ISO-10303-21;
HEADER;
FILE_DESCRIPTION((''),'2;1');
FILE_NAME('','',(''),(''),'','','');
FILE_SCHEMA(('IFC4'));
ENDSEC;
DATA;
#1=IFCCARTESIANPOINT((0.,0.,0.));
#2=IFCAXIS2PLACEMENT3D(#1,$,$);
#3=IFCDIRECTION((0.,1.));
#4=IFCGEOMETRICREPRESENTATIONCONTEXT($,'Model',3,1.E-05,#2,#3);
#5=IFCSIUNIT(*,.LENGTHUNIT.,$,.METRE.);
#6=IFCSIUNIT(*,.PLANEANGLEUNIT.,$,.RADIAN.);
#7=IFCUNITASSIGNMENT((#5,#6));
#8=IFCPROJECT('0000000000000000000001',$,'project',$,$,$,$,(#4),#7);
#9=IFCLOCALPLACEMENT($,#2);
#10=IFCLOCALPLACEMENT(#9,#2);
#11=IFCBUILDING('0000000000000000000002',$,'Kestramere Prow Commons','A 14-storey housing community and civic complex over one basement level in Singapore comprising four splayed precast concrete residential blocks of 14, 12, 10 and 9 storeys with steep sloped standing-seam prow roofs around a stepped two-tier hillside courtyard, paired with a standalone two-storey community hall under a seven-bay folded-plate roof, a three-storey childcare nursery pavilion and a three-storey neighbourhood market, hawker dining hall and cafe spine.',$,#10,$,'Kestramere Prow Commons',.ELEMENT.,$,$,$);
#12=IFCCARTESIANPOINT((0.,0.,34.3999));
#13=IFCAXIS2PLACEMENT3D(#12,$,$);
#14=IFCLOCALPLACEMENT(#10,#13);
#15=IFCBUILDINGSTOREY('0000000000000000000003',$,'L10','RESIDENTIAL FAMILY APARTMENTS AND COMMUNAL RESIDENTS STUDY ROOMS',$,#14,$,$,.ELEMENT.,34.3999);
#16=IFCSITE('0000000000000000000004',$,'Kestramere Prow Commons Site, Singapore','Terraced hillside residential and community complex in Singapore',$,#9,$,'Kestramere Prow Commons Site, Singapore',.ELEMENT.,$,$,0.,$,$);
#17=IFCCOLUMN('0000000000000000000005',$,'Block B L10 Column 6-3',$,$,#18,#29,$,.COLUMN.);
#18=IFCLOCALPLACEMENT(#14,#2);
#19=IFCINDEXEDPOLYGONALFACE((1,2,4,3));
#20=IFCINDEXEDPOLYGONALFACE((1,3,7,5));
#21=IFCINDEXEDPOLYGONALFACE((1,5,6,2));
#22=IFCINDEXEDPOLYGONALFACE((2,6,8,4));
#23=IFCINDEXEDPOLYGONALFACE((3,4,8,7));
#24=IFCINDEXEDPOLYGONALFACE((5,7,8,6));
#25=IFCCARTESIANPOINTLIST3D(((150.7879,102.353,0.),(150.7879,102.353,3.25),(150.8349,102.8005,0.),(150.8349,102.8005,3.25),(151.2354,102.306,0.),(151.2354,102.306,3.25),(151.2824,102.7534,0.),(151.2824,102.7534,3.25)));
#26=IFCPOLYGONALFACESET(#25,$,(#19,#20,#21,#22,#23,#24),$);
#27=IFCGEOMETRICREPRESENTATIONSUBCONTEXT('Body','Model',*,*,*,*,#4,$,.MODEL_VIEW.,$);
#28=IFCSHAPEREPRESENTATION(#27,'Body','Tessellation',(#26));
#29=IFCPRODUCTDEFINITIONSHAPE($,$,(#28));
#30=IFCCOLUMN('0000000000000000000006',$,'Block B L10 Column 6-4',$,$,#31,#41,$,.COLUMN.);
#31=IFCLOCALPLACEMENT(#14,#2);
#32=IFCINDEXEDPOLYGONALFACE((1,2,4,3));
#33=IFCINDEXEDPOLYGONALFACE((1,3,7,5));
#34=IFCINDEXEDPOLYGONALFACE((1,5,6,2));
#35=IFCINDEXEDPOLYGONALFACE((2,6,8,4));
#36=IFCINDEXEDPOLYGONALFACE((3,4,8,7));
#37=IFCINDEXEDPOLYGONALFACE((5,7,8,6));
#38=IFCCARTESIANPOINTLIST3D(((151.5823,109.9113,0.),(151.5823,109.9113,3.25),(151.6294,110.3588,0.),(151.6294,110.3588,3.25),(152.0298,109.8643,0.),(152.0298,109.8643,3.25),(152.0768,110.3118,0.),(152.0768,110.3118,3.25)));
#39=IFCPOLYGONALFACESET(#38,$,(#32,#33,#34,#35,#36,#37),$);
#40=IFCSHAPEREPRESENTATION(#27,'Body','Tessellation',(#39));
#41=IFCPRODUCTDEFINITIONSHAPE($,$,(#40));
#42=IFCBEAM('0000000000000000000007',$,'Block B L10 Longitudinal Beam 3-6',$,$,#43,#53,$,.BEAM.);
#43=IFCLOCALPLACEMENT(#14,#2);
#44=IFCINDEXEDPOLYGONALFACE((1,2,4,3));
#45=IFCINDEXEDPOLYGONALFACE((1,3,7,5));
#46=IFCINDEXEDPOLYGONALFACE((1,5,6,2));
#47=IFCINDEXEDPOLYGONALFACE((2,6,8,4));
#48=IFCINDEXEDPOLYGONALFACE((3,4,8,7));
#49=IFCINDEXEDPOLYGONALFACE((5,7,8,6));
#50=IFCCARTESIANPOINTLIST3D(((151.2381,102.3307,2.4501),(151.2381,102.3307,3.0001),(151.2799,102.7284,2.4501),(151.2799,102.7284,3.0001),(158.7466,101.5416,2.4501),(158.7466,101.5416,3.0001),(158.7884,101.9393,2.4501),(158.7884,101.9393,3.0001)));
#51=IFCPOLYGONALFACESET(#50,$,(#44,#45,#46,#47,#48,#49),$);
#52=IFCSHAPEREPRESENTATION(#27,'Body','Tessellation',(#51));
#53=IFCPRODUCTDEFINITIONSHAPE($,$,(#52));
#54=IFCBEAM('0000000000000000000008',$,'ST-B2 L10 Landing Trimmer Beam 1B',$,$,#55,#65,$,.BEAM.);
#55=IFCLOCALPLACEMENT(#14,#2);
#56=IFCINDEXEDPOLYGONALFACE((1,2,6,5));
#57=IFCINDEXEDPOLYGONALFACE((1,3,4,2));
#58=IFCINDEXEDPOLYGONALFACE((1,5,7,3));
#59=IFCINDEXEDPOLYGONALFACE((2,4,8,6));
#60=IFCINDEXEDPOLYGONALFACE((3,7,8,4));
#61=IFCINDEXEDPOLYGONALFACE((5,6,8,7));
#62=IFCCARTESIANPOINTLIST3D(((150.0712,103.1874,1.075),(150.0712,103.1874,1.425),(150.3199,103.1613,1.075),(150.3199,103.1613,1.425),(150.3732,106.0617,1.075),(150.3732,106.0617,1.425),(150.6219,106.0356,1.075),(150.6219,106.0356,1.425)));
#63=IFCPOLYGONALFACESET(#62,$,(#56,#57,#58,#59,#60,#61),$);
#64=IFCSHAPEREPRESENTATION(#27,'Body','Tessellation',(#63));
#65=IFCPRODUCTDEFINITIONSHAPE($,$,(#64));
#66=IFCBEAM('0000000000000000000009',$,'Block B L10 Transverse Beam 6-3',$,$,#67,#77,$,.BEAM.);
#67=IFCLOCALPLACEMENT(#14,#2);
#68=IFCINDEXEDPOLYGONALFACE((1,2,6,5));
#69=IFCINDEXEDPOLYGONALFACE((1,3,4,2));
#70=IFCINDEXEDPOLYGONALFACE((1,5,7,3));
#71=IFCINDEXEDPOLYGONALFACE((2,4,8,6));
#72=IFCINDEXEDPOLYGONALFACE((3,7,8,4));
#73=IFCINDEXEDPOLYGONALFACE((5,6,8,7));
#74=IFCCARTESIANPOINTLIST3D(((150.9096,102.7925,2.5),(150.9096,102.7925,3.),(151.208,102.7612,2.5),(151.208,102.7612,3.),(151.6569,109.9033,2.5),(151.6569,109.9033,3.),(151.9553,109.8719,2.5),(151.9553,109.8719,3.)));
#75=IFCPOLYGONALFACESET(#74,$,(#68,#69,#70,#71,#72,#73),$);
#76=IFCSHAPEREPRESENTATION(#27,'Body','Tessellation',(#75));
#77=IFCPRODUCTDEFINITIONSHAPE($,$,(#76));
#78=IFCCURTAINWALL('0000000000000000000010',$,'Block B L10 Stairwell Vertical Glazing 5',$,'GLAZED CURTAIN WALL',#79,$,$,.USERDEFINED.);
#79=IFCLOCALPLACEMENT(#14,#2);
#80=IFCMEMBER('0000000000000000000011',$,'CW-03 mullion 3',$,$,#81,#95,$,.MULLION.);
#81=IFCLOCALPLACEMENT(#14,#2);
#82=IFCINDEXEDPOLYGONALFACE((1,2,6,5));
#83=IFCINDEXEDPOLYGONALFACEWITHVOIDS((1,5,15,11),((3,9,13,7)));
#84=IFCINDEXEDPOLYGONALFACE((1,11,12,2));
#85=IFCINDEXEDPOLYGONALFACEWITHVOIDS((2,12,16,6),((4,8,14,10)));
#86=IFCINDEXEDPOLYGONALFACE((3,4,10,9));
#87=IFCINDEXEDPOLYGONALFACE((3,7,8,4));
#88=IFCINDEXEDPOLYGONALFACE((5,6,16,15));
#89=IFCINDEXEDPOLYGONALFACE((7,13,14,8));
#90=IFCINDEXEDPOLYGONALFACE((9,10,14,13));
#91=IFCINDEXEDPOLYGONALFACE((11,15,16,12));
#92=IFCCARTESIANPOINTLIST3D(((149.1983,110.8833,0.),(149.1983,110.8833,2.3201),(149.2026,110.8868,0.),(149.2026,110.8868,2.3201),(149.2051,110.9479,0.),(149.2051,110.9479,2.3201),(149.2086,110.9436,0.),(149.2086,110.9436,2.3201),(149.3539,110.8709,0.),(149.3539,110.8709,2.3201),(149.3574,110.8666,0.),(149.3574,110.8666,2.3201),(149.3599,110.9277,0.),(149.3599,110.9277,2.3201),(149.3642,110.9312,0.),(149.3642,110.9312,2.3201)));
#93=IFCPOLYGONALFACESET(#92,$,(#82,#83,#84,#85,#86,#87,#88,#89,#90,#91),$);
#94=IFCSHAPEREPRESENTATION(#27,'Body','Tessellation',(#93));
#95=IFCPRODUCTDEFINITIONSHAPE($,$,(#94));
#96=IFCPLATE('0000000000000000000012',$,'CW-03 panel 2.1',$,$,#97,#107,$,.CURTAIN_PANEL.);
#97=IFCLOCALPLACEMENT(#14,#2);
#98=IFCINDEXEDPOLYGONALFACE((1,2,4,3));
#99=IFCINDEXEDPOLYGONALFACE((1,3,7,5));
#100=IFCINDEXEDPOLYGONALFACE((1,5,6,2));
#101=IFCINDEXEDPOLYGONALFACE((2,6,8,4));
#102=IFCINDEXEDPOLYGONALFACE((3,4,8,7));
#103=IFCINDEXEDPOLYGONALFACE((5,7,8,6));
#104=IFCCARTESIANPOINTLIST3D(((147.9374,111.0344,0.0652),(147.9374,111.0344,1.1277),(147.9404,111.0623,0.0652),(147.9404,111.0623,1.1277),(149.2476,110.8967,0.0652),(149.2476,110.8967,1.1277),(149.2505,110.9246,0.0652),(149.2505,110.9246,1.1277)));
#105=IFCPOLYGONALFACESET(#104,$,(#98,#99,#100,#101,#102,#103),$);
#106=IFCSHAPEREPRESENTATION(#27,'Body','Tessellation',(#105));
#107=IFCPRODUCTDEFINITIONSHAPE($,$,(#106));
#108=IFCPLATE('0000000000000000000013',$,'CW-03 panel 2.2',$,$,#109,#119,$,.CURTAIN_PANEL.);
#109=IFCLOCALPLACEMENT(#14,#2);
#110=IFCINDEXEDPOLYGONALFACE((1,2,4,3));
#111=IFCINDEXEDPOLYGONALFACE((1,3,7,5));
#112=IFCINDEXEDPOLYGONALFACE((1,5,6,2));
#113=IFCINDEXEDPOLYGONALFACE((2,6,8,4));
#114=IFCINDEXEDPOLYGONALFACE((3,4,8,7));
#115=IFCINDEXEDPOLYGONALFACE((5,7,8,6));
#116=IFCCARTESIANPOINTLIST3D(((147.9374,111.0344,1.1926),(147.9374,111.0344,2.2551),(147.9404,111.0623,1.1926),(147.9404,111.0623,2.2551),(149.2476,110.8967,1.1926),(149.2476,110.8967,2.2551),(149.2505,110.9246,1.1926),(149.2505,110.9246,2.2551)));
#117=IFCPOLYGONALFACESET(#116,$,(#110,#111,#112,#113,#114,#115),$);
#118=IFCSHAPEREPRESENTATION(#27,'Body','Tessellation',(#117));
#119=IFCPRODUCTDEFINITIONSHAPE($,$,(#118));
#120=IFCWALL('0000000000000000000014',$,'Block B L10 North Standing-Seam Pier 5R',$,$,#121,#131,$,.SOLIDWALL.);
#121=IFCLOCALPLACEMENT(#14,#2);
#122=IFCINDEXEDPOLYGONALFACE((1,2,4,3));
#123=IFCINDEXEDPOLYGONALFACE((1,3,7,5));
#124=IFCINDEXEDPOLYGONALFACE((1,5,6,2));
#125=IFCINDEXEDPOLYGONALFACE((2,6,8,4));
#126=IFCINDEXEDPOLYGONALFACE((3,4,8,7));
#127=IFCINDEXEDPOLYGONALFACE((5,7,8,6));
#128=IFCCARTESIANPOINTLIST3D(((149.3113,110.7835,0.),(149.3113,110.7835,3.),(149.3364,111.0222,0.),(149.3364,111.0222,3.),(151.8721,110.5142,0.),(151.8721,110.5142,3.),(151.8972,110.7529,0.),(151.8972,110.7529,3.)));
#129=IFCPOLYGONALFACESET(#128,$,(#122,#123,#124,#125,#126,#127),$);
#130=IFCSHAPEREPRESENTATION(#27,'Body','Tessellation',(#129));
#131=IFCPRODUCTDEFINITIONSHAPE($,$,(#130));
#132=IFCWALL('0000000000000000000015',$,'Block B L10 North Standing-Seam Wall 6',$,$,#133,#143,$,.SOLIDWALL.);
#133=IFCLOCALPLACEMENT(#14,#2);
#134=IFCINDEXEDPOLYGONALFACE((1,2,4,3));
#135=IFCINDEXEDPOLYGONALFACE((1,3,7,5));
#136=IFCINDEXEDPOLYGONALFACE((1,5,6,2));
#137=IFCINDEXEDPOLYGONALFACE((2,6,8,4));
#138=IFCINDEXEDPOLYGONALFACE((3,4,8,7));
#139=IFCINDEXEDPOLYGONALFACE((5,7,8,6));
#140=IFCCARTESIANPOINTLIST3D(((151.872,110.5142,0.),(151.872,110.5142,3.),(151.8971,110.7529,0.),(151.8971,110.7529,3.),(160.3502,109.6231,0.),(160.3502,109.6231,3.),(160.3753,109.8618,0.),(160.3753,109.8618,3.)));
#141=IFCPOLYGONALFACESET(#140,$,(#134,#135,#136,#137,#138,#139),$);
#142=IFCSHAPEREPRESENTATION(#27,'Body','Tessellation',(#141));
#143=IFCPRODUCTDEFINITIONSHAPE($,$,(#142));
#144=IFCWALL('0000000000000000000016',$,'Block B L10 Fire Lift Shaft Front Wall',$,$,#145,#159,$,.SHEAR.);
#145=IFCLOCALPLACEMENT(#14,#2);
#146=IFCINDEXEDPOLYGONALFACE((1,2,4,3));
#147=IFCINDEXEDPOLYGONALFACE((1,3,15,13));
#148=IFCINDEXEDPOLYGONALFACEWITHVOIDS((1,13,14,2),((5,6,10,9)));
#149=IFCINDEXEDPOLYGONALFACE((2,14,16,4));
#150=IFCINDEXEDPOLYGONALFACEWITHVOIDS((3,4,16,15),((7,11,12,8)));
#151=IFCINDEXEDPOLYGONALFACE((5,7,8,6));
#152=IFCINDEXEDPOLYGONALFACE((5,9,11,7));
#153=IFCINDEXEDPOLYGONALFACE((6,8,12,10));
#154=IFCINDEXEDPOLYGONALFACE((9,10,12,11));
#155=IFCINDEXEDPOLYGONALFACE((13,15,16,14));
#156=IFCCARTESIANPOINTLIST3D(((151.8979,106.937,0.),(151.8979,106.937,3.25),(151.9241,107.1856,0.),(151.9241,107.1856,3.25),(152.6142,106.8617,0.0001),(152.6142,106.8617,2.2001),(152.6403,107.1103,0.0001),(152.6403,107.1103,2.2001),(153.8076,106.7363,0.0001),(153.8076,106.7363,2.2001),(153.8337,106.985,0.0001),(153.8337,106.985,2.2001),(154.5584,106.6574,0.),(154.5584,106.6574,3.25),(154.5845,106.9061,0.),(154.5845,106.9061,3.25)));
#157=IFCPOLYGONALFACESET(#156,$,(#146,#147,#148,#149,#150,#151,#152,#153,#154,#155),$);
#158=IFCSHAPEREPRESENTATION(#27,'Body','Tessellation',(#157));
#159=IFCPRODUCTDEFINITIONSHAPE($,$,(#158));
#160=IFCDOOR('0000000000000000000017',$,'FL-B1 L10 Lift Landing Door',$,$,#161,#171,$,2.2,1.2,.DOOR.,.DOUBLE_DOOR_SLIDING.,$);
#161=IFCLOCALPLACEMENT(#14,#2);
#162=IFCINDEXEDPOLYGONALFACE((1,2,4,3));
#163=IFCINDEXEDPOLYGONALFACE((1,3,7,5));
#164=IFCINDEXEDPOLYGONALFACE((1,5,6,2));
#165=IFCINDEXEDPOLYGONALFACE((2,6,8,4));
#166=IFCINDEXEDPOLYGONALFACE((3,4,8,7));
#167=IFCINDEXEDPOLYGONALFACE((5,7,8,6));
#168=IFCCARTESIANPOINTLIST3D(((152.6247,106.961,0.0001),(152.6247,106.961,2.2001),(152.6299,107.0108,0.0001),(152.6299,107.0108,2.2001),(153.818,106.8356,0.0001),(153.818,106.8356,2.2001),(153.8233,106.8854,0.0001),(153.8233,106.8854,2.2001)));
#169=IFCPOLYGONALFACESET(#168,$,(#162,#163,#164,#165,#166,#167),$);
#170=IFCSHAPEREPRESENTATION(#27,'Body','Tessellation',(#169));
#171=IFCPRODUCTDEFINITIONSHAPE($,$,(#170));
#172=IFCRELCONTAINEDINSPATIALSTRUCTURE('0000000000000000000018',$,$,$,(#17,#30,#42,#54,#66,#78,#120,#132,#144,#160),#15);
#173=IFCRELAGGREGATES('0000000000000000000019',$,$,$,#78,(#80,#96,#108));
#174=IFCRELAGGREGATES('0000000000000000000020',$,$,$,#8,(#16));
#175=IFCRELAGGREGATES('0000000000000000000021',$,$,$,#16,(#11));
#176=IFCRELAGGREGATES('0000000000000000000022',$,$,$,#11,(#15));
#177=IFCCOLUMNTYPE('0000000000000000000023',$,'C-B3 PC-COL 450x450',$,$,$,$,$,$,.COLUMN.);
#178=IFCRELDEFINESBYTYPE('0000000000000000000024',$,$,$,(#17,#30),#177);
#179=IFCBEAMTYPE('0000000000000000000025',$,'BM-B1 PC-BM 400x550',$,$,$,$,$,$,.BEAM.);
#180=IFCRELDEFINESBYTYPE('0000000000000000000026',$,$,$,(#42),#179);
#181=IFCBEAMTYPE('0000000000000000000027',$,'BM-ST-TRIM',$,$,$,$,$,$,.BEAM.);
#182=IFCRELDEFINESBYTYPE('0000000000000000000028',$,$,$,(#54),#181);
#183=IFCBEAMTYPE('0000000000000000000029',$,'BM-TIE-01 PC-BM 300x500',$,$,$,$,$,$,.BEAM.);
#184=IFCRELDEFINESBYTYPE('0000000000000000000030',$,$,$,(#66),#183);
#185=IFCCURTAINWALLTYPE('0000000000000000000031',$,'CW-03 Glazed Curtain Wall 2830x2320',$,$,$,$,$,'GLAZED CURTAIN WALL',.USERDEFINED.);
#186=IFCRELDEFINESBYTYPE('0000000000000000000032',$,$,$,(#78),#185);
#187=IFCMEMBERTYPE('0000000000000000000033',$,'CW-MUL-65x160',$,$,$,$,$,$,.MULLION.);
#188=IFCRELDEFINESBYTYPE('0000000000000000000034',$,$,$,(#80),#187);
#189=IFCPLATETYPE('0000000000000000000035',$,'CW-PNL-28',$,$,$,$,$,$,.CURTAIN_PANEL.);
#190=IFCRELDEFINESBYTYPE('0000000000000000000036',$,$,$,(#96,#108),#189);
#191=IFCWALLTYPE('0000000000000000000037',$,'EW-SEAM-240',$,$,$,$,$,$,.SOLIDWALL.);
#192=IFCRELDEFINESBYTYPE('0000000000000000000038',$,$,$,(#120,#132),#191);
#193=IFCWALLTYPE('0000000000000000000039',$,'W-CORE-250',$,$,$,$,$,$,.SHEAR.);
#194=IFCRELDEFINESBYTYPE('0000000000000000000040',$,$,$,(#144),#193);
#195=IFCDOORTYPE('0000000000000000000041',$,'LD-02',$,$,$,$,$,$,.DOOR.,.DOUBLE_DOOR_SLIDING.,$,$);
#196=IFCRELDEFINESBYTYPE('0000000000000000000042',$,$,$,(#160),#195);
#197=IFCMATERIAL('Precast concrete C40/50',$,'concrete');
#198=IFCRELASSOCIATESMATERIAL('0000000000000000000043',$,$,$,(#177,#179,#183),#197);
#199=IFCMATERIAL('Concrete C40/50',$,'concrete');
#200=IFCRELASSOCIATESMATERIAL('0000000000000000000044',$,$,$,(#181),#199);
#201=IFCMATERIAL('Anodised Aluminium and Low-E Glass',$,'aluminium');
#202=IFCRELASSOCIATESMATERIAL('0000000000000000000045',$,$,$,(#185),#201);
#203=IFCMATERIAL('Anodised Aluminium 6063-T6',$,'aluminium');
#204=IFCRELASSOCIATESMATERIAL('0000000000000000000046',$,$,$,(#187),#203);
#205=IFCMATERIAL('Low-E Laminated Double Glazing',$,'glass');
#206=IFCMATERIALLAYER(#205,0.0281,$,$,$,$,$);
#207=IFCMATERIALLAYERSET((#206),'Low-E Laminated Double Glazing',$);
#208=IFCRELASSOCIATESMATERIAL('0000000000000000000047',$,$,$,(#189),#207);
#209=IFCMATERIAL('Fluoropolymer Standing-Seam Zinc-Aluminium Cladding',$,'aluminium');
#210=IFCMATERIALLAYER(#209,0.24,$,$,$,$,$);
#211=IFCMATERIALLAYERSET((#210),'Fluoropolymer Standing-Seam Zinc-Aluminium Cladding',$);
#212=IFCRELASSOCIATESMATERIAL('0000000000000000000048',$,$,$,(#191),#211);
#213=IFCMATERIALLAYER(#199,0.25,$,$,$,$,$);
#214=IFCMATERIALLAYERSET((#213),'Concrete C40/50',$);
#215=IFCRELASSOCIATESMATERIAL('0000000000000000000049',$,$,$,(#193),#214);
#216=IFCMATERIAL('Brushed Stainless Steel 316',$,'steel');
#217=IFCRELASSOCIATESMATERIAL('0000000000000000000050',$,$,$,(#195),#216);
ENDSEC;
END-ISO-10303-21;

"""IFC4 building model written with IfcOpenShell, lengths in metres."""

from ifc_helpers import new_model, si_unit, direction, frame, frame_2d, origin, origin_2d, place, context, subcontext, project, spatial, rectangle, hollow_rectangle, extrude, material, layer, layer_set, material_profile, profile_set, type_object, element, fill, aggregate, save


model = new_model("IFC4")

# Units and contexts
model_context = context("Model", 3, precision=1e-05, world=origin(), true_north=direction((0.0, 1.0)))
body_context = subcontext(model_context, "Body", "Model", "MODEL_VIEW")
ifc_project = project(units=[si_unit("LENGTHUNIT", "METRE"), si_unit("PLANEANGLEUNIT", "RADIAN")], contexts=[model_context])

# Site, building, storey
site_placement = place(None, origin())
site = spatial("IfcSite", under=ifc_project, at=site_placement, Name="Kestramere Prow Commons Site, Singapore", Description="Terraced hillside residential and community complex in Singapore", LongName="Kestramere Prow Commons Site, Singapore", CompositionType="ELEMENT", RefElevation=0.0)
building_placement = place(site_placement, origin())
building = spatial("IfcBuilding", under=site, at=building_placement, Name="Kestramere Prow Commons", Description="A 14-storey housing community and civic complex over one basement level in Singapore comprising four splayed precast concrete residential blocks of 14, 12, 10 and 9 storeys with steep sloped standing-seam prow roofs around a stepped two-tier hillside courtyard, paired with a standalone two-storey community hall under a seven-bay folded-plate roof, a three-storey childcare nursery pavilion and a three-storey neighbourhood market, hawker dining hall and cafe spine.", LongName="Kestramere Prow Commons", CompositionType="ELEMENT")
storey_placement = place(building_placement, frame((0.0, 0.0, 34.3999)))
storey = spatial("IfcBuildingStorey", under=building, at=storey_placement, Name="L10", Description="RESIDENTIAL FAMILY APARTMENTS AND COMMUNAL RESIDENTS STUDY ROOMS", CompositionType="ELEMENT", Elevation=34.3999)

# Columns
ifc_material_1 = material(Name="Precast concrete C40/50", Category="concrete")
ifc_material_profile_1 = material_profile(ifc_material_1, rectangle(XDim=0.45, YDim=0.45, at=origin_2d()), Name="PC-COL 450x450")
ifc_profile_set_1 = profile_set([ifc_material_profile_1], Name="Precast concrete C40/50")
column_type = type_object("IfcColumnType", Name="C-B3 PC-COL 450x450", PredefinedType="COLUMN", material=ifc_profile_set_1)
for number, where, z_axis, x_axis, name in (
    (1, (151.0352, 102.5532, 0.0), (0.0, 0.0, 1.0), (0.994522, -0.104528, 0.0), "Block B L10 Column 6-3"),
    (2, (151.8296, 110.1116, 0.0), (0.0, 0.0, 1.0), (0.994522, -0.104528, 0.0), "Block B L10 Column 6-4"),
):
    element("IfcColumn", number, at=place(storey_placement, frame(where, z_axis=z_axis, x_axis=x_axis)), inside=storey, type_object=column_type, Name=name, PredefinedType="COLUMN", context=body_context, shape_type="SweptSolid", body=[
        extrude(rectangle(XDim=0.45, YDim=0.45, at=origin_2d()), origin(), (0.0, 0.0, 1.0), 3.25),
    ])

# Beams
ifc_material_profile_2 = material_profile(ifc_material_1, rectangle(XDim=0.3999, YDim=0.55, at=origin_2d()), Name="PC-BM 400x550")
ifc_profile_set_2 = profile_set([ifc_material_profile_2], Name="Precast concrete C40/50")
beam_type_1 = type_object("IfcBeamType", Name="BM-B1 PC-BM 400x550", PredefinedType="BEAM", material=ifc_profile_set_2)
beam_1_placement = place(storey_placement, frame((151.259, 102.5295, 2.7251), z_axis=(0.994524, -0.104513, 0.0), x_axis=(0.104513, 0.994524, 0.0)))
element("IfcBeam", 3, at=beam_1_placement, inside=storey, type_object=beam_type_1, Name="Block B L10 Longitudinal Beam 3-6", PredefinedType="BEAM", context=body_context, shape_type="SweptSolid", body=[
    extrude(rectangle(XDim=0.3999, YDim=0.55, at=origin_2d()), origin(), (0.0, 0.0, 1.0), 7.5498),
])
ifc_material_2 = material(Name="Concrete C40/50", Category="concrete")
ifc_material_profile_3 = material_profile(ifc_material_2, rectangle(XDim=0.25, YDim=0.3501, at=origin_2d()), Name="PC-BM 250x350")
ifc_profile_set_3 = profile_set([ifc_material_profile_3], Name="Concrete C40/50")
beam_type_2 = type_object("IfcBeamType", Name="BM-ST-TRIM", PredefinedType="BEAM", material=ifc_profile_set_3)
beam_2_placement = place(storey_placement, frame((150.1956, 103.1743, 1.25), z_axis=(0.104496, 0.994525, 0.0), x_axis=(-0.994525, 0.104496, 0.0)))
element("IfcBeam", 4, at=beam_2_placement, inside=storey, type_object=beam_type_2, Name="ST-B2 L10 Landing Trimmer Beam 1B", PredefinedType="BEAM", context=body_context, shape_type="SweptSolid", body=[
    extrude(rectangle(XDim=0.25, YDim=0.3501, at=origin_2d()), origin(), (0.0, 0.0, 1.0), 2.8901),
])
ifc_material_profile_4 = material_profile(ifc_material_1, rectangle(XDim=0.3, YDim=0.5, at=origin_2d()), Name="PC-BM 300x500")
ifc_profile_set_4 = profile_set([ifc_material_profile_4], Name="Precast concrete C40/50")
beam_type_3 = type_object("IfcBeamType", Name="BM-TIE-01 PC-BM 300x500", PredefinedType="BEAM", material=ifc_profile_set_4)
beam_3_placement = place(storey_placement, frame((151.0588, 102.7769, 2.75), z_axis=(0.104519, 0.994523, 0.0), x_axis=(-0.994523, 0.104519, 0.0)))
element("IfcBeam", 5, at=beam_3_placement, inside=storey, type_object=beam_type_3, Name="Block B L10 Transverse Beam 6-3", PredefinedType="BEAM", context=body_context, shape_type="SweptSolid", body=[
    extrude(rectangle(XDim=0.3, YDim=0.5, at=origin_2d()), origin(), (0.0, 0.0, 1.0), 7.1499),
])

# Curtain wall, member, plates
ifc_material_3 = material(Name="Anodised Aluminium and Low-E Glass", Category="aluminium")
curtain_wall_type = type_object("IfcCurtainWallType", Name="CW-03 Glazed Curtain Wall 2830x2320", ElementType="GLAZED CURTAIN WALL", PredefinedType="USERDEFINED", material=ifc_material_3)
curtain_wall_placement = place(storey_placement, origin())
curtain_wall = element("IfcCurtainWall", 6, at=curtain_wall_placement, inside=storey, type_object=curtain_wall_type, Name="Block B L10 Stairwell Vertical Glazing 5", ObjectType="GLAZED CURTAIN WALL", PredefinedType="USERDEFINED")
ifc_material_4 = material(Name="Anodised Aluminium 6063-T6", Category="aluminium")
ifc_material_profile_5 = material_profile(ifc_material_4, hollow_rectangle(XDim=0.0649, YDim=0.1599, WallThickness=0.0039, at=origin_2d()), Name="ALU-MUL 65x160")
ifc_profile_set_5 = profile_set([ifc_material_profile_5], Name="Anodised Aluminium 6063-T6")
member_type = type_object("IfcMemberType", Name="CW-MUL-65x160", PredefinedType="MULLION", material=ifc_profile_set_5)
member_placement = place(storey_placement, frame((149.2812, 110.9072, 0.0), z_axis=(0.0, 0.0, 1.0), x_axis=(0.104528, 0.994522, 0.0)))
member = element("IfcMember", 7, at=member_placement, type_object=member_type, Name="CW-03 mullion 3", PredefinedType="MULLION", context=body_context, shape_type="SweptSolid", body=[
    extrude(hollow_rectangle(XDim=0.0649, YDim=0.1599, WallThickness=0.0039, at=origin_2d()), origin(), (0.0, 0.0, 1.0), 2.3201),
])
ifc_material_5 = material(Name="Low-E Laminated Double Glazing", Category="glass")
ifc_layer_1 = layer(ifc_material_5, 0.0281)
ifc_layer_set_1 = layer_set([ifc_layer_1], Name="Low-E Laminated Double Glazing")
plate_type = type_object("IfcPlateType", Name="CW-PNL-28", PredefinedType="CURTAIN_PANEL", material=ifc_layer_set_1)
plate_1_placement = place(storey_placement, frame((148.594, 110.9795, 0.0652), z_axis=(0.0, 0.0, 1.0), x_axis=(0.994522, -0.104528, 0.0)))
plate_1 = element("IfcPlate", 8, at=plate_1_placement, type_object=plate_type, Name="CW-03 panel 2.1", PredefinedType="CURTAIN_PANEL", context=body_context, shape_type="SweptSolid", body=[
    extrude(rectangle(XDim=1.3174, YDim=0.0281, at=origin_2d()), origin(), (0.0, 0.0, 1.0), 1.0625),
])
plate_2_placement = place(storey_placement, frame((148.594, 110.9795, 1.1926), z_axis=(0.0, 0.0, 1.0), x_axis=(0.994522, -0.104528, 0.0)))
plate_2 = element("IfcPlate", 9, at=plate_2_placement, type_object=plate_type, Name="CW-03 panel 2.2", PredefinedType="CURTAIN_PANEL", context=body_context, shape_type="SweptSolid", body=[
    extrude(rectangle(XDim=1.3174, YDim=0.0281, at=origin_2d()), origin(), (0.0, 0.0, 1.0), 1.0625),
])
aggregate(curtain_wall, [member, plate_1, plate_2])

# Walls
ifc_material_6 = material(Name="Fluoropolymer Standing-Seam Zinc-Aluminium Cladding", Category="aluminium")
ifc_layer_2 = layer(ifc_material_6, 0.24)
ifc_layer_set_2 = layer_set([ifc_layer_2], Name="Fluoropolymer Standing-Seam Zinc-Aluminium Cladding")
wall_type_1 = type_object("IfcWallType", Name="EW-SEAM-240", PredefinedType="SOLIDWALL", material=ifc_layer_set_2)
wall_1_placement = place(storey_placement, frame((149.3237, 110.9028, 0.0), z_axis=(0.0, 0.0, 1.0), x_axis=(0.994516, -0.104581, 0.0)))
element("IfcWall", 10, at=wall_1_placement, inside=storey, type_object=wall_type_1, Name="Block B L10 North Standing-Seam Pier 5R", PredefinedType="SOLIDWALL", context=body_context, shape_type="SweptSolid", body=[
    extrude(rectangle(XDim=2.575, YDim=0.24, at=frame_2d((1.2876, 0.0))), origin(), (0.0, 0.0, 1.0), 3.0),
])
wall_2_placement = place(storey_placement, frame((151.8845, 110.6335, 0.0), z_axis=(0.0, 0.0, 1.0), x_axis=(0.994522, -0.10453, 0.0)))
element("IfcWall", 11, at=wall_2_placement, inside=storey, type_object=wall_type_1, Name="Block B L10 North Standing-Seam Wall 6", PredefinedType="SOLIDWALL", context=body_context, shape_type="SweptSolid", body=[
    extrude(rectangle(XDim=8.5249, YDim=0.24, at=frame_2d((4.2625, 0.0))), origin(), (0.0, 0.0, 1.0), 3.0),
])

# Wall, opening, door
ifc_layer_3 = layer(ifc_material_2, 0.25)
ifc_layer_set_3 = layer_set([ifc_layer_3], Name="Concrete C40/50")
wall_type_2 = type_object("IfcWallType", Name="W-CORE-250", PredefinedType="SHEAR", material=ifc_layer_set_3)
wall_3_placement = place(storey_placement, frame((151.9111, 107.0613, 0.0), z_axis=(0.0, 0.0, 1.0), x_axis=(0.994525, -0.1045, 0.0)))
wall_3 = element("IfcWall", 12, at=wall_3_placement, inside=storey, type_object=wall_type_2, Name="Block B L10 Fire Lift Shaft Front Wall", PredefinedType="SHEAR", context=body_context, shape_type="SweptSolid", body=[
    extrude(rectangle(XDim=2.675, YDim=0.25, at=frame_2d((1.3374, 0.0))), origin(), (0.0, 0.0, 1.0), 3.25),
])
opening_1_placement = place(wall_3_placement, frame((0.72, 0.0, 0.0)))
opening_1 = element("IfcOpeningElement", 13, at=opening_1_placement, cuts=wall_3, PredefinedType="OPENING", context=body_context, shape_type="SweptSolid", body=[
    extrude(rectangle(XDim=1.2, YDim=2.2, at=frame_2d((0.6001, 1.1001))), frame((0.0, 0.1399, 0.0), z_axis=(0.0, -1.0, 0.0), x_axis=(1.0, 0.0, 0.0)), (0.0, 0.0, 1.0), 0.28),
])
ifc_material_7 = material(Name="Brushed Stainless Steel 316", Category="steel")
door_type_1 = type_object("IfcDoorType", Name="LD-02", OperationType="DOUBLE_DOOR_SLIDING", PredefinedType="DOOR", material=ifc_material_7)
door_1_placement = place(opening_1_placement, origin())
door_1 = element("IfcDoor", 14, at=door_1_placement, inside=storey, type_object=door_type_1, Name="FL-B1 L10 Lift Landing Door", OperationType="DOUBLE_DOOR_SLIDING", OverallHeight=2.2, OverallWidth=1.2, PredefinedType="DOOR", context=body_context, shape_type="SweptSolid", body=[
    extrude(rectangle(XDim=1.2, YDim=2.2, at=frame_2d((0.6001, 1.1001))), frame((0.0, 0.0249, 0.0), z_axis=(0.0, -1.0, 0.0), x_axis=(1.0, 0.0, 0.0)), (0.0, 0.0, 1.0), 0.05),
])
fill(opening_1, door_1)

save(model, "model.ifc")
